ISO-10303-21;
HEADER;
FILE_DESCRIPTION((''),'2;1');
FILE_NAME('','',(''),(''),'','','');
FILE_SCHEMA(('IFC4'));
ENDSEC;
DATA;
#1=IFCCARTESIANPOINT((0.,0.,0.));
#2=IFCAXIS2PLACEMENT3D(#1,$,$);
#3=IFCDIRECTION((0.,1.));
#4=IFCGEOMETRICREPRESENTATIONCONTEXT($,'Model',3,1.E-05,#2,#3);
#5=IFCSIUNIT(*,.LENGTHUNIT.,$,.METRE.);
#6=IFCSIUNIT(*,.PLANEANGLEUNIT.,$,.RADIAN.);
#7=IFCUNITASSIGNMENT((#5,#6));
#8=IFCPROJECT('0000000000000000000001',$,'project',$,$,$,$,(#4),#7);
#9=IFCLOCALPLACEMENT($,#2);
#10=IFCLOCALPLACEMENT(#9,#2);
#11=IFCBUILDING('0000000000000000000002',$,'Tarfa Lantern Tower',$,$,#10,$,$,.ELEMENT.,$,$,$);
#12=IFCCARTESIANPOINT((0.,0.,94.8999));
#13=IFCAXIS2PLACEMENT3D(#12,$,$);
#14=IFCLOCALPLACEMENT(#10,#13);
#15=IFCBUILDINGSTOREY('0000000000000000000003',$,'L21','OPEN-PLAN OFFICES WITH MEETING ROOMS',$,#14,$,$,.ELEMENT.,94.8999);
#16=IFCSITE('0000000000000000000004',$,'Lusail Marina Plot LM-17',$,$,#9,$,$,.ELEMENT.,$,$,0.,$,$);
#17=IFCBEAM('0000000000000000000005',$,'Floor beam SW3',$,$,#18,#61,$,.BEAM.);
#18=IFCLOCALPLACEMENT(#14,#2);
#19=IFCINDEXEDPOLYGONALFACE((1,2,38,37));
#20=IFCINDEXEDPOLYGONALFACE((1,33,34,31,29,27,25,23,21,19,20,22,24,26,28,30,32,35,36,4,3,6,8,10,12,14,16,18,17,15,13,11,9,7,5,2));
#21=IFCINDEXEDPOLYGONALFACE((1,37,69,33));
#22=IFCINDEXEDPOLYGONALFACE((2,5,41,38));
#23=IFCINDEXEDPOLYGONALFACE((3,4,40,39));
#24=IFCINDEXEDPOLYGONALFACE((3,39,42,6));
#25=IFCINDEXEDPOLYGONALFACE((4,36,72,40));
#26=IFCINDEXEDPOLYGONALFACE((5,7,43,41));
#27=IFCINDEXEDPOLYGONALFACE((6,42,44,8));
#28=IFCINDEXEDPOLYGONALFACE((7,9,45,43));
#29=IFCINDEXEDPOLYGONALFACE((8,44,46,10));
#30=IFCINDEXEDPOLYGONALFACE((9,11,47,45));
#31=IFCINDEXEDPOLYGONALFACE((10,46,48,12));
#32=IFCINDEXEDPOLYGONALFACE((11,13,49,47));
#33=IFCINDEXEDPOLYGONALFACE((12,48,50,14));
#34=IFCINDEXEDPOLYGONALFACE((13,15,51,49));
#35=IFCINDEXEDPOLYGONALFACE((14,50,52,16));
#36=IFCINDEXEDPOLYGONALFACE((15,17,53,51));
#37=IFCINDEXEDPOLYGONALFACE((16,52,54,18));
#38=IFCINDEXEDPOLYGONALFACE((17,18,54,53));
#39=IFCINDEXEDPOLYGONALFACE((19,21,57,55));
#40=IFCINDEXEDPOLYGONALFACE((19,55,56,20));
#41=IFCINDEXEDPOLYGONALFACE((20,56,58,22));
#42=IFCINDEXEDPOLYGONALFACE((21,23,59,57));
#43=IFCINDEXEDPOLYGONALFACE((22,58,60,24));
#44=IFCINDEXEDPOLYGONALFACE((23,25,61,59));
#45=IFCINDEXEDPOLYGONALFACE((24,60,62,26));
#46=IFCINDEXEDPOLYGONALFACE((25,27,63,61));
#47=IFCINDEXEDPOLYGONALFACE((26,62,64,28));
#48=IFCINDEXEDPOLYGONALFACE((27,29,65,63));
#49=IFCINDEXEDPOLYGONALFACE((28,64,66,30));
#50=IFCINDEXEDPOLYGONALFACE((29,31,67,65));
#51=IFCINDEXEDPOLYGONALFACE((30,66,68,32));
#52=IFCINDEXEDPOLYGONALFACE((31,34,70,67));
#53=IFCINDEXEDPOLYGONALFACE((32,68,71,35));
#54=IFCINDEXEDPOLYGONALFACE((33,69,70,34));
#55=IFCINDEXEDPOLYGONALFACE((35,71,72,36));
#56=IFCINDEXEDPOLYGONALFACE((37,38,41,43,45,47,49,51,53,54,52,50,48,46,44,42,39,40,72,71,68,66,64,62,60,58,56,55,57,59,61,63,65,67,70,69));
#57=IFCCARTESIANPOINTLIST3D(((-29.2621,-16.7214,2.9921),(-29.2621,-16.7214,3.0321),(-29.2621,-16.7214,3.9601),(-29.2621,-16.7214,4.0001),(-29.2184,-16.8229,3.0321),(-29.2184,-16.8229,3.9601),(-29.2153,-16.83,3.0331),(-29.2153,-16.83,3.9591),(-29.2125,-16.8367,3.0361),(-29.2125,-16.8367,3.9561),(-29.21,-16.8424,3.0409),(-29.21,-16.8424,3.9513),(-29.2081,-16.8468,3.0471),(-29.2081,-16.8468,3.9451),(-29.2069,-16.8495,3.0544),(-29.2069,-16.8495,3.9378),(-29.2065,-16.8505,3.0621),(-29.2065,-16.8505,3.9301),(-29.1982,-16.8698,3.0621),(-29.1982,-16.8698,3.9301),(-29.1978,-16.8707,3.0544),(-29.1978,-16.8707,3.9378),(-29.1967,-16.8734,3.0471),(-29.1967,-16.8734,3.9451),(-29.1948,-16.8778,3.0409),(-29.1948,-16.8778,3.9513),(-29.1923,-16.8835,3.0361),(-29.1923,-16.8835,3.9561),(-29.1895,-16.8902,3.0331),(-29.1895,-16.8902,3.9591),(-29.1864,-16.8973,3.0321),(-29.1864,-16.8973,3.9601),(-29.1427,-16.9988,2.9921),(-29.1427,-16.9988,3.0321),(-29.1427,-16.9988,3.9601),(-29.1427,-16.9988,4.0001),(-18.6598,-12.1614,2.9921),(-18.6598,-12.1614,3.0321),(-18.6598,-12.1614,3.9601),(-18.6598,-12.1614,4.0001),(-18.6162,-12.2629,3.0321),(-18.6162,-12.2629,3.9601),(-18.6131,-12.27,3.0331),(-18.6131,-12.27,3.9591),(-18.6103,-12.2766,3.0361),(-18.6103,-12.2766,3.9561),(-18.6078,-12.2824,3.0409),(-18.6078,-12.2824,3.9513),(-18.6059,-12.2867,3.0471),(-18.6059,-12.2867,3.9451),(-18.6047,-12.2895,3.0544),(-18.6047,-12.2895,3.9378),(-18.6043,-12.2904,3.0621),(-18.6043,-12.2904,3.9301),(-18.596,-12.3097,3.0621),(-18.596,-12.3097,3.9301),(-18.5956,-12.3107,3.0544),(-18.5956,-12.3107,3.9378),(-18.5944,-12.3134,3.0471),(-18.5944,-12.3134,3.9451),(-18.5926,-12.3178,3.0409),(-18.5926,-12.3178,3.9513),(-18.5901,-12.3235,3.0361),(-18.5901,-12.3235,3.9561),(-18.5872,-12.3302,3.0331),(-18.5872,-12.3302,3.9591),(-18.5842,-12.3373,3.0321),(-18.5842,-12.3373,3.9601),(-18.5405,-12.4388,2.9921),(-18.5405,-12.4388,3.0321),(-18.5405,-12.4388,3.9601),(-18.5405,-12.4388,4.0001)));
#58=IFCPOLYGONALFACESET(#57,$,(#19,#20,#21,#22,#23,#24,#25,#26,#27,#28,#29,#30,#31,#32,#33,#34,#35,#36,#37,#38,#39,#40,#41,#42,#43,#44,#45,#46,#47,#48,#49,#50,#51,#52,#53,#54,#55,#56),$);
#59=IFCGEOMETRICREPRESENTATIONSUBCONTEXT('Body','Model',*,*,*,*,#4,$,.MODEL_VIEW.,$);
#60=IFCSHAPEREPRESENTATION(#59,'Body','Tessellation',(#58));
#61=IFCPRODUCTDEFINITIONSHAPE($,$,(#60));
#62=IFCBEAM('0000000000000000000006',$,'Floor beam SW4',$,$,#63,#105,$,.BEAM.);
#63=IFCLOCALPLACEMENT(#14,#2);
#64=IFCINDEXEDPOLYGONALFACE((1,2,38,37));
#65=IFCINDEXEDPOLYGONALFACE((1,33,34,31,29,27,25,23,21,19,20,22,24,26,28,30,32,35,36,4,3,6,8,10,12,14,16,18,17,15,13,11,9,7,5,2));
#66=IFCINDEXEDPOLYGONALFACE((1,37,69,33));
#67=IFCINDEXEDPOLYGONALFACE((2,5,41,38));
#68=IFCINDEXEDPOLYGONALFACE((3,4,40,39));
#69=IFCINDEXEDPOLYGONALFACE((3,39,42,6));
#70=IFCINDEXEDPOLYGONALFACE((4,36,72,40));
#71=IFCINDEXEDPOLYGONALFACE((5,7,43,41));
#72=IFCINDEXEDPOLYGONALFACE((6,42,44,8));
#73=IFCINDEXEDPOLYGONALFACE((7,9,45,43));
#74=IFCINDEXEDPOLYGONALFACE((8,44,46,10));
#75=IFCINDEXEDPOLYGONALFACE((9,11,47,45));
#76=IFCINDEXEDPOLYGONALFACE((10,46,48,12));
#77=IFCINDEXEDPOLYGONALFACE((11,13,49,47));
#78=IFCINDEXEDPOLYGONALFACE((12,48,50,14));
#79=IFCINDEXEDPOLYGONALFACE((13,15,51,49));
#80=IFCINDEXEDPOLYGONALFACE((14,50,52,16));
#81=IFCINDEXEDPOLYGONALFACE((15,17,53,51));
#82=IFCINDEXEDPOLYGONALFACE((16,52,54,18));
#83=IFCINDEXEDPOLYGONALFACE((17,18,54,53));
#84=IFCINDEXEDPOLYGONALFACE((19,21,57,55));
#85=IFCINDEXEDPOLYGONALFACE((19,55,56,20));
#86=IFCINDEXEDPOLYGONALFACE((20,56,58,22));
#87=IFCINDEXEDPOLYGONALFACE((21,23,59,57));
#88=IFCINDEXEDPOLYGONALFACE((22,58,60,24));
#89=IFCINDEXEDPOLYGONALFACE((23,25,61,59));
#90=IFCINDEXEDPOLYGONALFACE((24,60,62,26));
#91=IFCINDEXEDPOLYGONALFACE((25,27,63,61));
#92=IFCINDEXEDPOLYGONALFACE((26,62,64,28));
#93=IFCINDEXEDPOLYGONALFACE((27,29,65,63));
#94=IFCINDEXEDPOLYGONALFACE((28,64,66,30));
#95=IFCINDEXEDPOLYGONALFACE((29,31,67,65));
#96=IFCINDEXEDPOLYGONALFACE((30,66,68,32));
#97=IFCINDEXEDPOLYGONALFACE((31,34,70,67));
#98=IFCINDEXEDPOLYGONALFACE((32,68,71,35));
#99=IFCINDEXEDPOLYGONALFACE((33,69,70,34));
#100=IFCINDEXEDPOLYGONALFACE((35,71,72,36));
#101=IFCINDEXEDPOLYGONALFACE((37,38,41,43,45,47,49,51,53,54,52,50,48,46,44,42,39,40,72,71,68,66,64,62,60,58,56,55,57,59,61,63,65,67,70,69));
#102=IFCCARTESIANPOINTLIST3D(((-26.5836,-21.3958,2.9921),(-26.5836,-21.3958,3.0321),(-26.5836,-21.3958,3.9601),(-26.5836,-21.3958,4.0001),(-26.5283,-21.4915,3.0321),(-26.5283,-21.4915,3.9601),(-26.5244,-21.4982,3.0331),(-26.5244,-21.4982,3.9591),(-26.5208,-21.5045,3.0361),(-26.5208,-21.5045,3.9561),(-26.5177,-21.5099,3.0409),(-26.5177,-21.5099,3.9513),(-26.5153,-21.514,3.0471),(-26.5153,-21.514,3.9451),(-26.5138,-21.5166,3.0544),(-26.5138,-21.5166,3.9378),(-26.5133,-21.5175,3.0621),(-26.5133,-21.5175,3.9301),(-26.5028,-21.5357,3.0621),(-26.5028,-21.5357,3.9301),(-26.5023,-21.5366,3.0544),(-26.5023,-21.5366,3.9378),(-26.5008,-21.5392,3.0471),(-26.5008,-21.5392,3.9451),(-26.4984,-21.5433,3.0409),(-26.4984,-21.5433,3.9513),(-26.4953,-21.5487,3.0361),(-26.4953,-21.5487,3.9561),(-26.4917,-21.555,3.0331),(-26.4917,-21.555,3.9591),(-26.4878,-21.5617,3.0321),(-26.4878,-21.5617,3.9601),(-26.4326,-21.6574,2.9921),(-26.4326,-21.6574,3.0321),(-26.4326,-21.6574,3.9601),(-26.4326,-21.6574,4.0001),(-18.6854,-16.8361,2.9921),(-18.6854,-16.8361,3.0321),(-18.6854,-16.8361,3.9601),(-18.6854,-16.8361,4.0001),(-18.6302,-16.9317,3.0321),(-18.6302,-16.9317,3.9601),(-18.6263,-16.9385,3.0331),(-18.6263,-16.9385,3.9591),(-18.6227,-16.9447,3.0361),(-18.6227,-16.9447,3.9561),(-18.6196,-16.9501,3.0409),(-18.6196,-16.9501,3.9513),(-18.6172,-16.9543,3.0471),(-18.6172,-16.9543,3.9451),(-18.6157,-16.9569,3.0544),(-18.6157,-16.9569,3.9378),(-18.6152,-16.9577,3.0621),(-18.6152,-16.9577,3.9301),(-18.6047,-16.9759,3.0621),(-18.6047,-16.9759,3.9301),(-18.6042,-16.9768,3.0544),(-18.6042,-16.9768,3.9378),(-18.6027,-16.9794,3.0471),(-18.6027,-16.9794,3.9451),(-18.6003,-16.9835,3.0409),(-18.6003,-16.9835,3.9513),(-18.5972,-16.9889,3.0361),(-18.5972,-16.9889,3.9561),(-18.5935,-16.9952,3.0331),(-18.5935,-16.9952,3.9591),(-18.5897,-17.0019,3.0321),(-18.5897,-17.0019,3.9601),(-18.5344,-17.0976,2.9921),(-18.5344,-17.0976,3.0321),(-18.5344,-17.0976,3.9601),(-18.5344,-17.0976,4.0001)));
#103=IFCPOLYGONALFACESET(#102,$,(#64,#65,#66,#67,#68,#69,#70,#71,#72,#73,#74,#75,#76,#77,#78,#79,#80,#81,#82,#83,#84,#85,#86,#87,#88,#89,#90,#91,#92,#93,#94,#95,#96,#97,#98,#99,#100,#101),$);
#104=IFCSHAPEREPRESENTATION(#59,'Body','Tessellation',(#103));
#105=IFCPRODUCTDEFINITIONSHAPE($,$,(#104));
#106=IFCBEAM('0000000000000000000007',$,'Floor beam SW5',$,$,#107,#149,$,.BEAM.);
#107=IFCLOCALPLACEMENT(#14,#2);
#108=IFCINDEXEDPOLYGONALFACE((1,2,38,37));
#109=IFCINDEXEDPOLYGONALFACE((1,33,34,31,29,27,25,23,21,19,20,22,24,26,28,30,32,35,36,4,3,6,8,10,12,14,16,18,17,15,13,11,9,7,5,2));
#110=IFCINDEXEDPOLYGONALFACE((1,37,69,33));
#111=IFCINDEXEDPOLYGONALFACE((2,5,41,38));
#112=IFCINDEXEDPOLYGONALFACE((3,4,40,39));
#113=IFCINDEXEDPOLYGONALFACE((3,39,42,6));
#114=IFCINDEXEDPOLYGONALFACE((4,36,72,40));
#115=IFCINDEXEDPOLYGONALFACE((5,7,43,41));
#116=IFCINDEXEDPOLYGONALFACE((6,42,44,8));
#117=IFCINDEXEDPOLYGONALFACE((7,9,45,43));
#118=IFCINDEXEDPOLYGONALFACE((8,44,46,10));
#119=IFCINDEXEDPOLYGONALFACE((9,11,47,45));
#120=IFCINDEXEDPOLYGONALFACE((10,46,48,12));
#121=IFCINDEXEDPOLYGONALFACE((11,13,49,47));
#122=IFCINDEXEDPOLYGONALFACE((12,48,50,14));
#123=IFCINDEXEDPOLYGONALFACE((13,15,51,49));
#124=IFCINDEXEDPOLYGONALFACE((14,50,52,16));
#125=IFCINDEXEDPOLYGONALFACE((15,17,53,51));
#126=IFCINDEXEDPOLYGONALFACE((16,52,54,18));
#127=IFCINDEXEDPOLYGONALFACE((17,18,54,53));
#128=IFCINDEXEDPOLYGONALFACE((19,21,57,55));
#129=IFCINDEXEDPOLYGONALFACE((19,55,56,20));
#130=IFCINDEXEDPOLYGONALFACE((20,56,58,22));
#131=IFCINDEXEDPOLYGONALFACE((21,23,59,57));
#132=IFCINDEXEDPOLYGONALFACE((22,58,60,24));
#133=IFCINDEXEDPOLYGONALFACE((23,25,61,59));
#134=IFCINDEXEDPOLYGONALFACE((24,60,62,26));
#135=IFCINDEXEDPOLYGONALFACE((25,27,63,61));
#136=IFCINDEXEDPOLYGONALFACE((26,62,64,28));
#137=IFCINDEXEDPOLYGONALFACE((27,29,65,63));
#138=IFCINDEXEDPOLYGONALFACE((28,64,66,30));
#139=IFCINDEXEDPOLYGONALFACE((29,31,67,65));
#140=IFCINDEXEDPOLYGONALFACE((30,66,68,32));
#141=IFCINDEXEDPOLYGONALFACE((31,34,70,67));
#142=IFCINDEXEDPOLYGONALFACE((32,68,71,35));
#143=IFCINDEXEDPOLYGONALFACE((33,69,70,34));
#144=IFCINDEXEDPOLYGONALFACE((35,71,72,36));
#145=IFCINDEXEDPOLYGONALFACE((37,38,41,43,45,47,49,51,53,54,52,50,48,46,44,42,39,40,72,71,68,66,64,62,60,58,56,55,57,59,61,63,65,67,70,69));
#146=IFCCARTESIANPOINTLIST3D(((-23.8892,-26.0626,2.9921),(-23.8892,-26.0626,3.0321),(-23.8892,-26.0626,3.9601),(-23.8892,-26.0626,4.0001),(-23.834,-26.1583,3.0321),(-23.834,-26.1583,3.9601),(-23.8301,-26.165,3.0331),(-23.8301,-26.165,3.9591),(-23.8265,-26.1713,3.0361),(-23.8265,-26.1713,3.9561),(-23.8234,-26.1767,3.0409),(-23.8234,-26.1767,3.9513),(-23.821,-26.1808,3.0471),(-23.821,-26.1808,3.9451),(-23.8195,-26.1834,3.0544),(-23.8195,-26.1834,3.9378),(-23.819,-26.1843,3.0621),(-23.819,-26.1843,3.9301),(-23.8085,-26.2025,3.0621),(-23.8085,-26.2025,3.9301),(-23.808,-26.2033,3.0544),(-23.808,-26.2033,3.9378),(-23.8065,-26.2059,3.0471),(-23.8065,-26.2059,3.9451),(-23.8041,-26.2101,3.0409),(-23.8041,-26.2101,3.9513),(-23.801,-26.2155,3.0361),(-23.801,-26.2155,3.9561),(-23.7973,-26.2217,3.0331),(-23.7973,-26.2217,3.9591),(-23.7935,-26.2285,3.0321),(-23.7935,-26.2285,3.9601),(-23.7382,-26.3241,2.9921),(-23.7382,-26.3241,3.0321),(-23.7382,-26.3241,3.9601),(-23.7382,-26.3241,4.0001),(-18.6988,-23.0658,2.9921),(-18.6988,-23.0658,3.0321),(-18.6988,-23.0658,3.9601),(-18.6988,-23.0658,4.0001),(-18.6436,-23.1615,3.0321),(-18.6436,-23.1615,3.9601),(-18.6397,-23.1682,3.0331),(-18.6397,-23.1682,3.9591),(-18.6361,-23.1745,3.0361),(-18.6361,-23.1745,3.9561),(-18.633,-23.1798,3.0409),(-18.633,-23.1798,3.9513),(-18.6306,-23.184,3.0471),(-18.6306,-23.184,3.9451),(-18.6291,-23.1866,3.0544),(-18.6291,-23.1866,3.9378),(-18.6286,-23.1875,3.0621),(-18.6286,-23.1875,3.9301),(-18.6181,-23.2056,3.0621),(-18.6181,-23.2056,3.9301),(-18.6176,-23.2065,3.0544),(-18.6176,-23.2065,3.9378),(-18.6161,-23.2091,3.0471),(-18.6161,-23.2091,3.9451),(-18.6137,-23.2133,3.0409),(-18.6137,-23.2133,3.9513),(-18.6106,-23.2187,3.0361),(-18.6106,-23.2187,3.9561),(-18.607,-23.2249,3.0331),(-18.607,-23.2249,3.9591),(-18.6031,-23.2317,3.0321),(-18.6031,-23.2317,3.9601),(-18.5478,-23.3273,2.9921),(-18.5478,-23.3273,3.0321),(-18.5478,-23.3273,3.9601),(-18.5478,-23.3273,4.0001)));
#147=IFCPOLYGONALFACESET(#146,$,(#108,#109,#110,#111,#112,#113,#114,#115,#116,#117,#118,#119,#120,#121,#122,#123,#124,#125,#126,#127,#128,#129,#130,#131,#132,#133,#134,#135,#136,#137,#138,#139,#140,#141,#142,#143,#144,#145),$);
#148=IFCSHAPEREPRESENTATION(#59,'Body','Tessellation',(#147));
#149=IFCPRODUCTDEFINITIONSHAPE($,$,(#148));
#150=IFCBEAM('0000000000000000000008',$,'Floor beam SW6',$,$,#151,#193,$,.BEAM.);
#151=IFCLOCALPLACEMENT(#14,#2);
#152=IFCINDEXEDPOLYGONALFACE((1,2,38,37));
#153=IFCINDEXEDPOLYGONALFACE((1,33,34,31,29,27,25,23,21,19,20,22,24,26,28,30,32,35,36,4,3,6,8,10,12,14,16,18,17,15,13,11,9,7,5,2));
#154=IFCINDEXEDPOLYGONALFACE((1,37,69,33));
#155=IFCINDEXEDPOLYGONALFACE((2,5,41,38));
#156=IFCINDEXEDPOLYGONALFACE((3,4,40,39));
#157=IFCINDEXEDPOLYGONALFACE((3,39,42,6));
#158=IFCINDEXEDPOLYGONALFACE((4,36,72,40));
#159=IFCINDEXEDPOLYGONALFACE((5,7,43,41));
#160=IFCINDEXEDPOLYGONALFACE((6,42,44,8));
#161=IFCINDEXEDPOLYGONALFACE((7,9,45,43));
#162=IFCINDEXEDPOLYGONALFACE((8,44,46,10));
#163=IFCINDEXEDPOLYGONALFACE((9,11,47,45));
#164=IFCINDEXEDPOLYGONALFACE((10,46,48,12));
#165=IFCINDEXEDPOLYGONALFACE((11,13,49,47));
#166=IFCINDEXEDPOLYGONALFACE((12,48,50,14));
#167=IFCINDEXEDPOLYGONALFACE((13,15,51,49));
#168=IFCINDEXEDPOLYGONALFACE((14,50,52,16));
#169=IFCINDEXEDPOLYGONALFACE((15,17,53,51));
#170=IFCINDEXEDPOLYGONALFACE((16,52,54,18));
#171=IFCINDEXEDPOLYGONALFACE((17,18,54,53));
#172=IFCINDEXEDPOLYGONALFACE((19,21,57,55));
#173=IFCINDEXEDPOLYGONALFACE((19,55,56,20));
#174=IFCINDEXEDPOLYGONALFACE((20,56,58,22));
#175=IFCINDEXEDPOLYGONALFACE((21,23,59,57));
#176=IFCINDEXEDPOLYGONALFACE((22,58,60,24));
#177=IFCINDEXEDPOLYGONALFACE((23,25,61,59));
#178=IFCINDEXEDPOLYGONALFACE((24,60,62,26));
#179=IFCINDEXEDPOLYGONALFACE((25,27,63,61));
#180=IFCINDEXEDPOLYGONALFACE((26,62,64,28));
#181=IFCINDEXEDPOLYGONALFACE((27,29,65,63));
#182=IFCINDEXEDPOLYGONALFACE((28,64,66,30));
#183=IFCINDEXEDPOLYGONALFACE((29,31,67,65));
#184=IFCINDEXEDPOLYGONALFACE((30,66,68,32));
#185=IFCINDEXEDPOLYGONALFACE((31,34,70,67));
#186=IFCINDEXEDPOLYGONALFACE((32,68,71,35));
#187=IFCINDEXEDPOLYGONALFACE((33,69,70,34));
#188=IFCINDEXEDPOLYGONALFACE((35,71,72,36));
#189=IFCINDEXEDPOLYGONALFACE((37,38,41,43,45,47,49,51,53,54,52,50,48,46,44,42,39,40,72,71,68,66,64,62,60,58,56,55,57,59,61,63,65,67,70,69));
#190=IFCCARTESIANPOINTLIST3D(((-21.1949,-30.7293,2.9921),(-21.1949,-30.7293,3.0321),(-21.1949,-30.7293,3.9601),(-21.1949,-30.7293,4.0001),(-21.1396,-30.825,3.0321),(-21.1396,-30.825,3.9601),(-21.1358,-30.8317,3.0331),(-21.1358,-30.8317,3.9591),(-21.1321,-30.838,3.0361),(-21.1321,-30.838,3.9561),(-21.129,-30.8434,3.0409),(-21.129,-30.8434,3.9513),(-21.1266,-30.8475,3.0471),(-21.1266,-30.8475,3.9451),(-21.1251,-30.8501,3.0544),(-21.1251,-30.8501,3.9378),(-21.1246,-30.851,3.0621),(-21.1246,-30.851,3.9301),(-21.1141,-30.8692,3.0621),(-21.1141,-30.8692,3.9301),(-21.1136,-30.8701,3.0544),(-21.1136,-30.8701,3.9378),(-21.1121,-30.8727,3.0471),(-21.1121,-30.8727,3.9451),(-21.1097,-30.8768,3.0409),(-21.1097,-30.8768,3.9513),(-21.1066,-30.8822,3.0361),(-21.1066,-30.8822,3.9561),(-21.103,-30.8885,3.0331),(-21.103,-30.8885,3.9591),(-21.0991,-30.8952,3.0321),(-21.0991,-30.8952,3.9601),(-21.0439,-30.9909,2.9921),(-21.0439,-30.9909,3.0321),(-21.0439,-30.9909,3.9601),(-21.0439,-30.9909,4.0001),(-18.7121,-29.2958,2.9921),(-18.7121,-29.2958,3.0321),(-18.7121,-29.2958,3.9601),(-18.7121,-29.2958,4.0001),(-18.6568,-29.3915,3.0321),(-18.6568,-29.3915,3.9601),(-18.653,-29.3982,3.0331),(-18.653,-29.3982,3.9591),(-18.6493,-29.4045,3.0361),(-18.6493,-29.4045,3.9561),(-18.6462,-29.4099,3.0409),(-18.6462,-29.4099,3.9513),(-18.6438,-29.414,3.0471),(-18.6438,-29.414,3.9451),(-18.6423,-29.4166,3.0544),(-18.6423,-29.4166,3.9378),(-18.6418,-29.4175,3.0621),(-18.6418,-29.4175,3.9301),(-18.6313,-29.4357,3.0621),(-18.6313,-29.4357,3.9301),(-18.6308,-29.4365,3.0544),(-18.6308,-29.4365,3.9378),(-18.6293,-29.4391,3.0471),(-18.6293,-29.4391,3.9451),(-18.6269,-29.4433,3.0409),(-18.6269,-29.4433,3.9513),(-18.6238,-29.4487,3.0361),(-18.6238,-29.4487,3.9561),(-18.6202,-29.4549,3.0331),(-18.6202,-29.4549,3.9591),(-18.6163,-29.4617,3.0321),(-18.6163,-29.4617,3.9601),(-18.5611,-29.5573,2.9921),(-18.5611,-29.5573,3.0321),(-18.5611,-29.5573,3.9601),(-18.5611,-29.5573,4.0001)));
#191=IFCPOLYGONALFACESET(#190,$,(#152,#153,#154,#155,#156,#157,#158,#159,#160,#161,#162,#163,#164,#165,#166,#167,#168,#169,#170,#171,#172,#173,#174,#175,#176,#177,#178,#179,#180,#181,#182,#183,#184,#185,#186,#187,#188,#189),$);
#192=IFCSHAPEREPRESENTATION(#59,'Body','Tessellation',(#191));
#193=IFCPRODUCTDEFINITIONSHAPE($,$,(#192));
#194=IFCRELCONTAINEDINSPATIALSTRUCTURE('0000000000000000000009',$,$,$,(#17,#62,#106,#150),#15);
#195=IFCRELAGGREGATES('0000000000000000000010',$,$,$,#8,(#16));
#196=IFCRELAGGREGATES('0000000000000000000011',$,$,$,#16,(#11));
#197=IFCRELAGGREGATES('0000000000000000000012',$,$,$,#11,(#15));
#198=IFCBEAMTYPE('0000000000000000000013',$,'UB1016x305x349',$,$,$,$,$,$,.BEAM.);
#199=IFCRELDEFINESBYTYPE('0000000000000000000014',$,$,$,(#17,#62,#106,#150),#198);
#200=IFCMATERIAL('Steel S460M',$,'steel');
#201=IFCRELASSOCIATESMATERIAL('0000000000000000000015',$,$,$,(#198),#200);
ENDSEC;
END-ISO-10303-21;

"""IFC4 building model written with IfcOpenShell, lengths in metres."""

from ifc_helpers import new_model, si_unit, direction, frame, origin, origin_2d, place, context, subcontext, project, spatial, i_section, extrude, material, material_profile, profile_set, type_object, element, save


model = new_model("IFC4")

# Units and contexts
model_context = context("Model", 3, precision=1e-05, world=origin(), true_north=direction((0.0, 1.0)))
body_context = subcontext(model_context, "Body", "Model", "MODEL_VIEW")
ifc_project = project(units=[si_unit("LENGTHUNIT", "METRE"), si_unit("PLANEANGLEUNIT", "RADIAN")], contexts=[model_context])

# Site, building, storey
site_placement = place(None, origin())
site = spatial("IfcSite", under=ifc_project, at=site_placement, Name="Lusail Marina Plot LM-17", CompositionType="ELEMENT", RefElevation=0.0)
building_placement = place(site_placement, origin())
building = spatial("IfcBuilding", under=site, at=building_placement, Name="Tarfa Lantern Tower", CompositionType="ELEMENT")
storey_placement = place(building_placement, frame((0.0, 0.0, 94.8999)))
storey = spatial("IfcBuildingStorey", under=building, at=storey_placement, Name="L21", Description="OPEN-PLAN OFFICES WITH MEETING ROOMS", CompositionType="ELEMENT", Elevation=94.8999)

# Beams
ifc_material_1 = material(Name="Steel S460M", Category="steel")
ifc_material_profile_1 = material_profile(ifc_material_1, i_section(OverallWidth=0.302, OverallDepth=1.0081, WebThickness=0.021, FlangeThickness=0.04, FilletRadius=0.03, at=origin_2d()), Name="UB1016x305x349")
ifc_profile_set_1 = profile_set([ifc_material_profile_1], Name="Steel S460M")
beam_type_1 = type_object("IfcBeamType", Name="UB1016x305x349", PredefinedType="BEAM", material=ifc_profile_set_1)
beam_1_placement = place(storey_placement, frame((-29.2024, -16.8601, 3.4961), z_axis=(0.918635, 0.395106, 0.0), x_axis=(-0.395106, 0.918635, 0.0)))
element("IfcBeam", 1, at=beam_1_placement, inside=storey, type_object=beam_type_1, Name="Floor beam SW3", PredefinedType="BEAM", context=body_context, shape_type="SweptSolid", body=[
    extrude(i_section(OverallWidth=0.302, OverallDepth=1.0081, WebThickness=0.021, FlangeThickness=0.04, FilletRadius=0.03, at=origin_2d()), origin(), (0.0, 0.0, 1.0), 11.5413),
])
beam_2_placement = place(storey_placement, frame((-26.5081, -21.5266, 3.4961), z_axis=(0.866035, 0.499983, 0.0), x_axis=(-0.499983, 0.866035, 0.0)))
element("IfcBeam", 2, at=beam_2_placement, inside=storey, type_object=beam_type_1, Name="Floor beam SW4", PredefinedType="BEAM", context=body_context, shape_type="SweptSolid", body=[
    extrude(i_section(OverallWidth=0.302, OverallDepth=1.0081, WebThickness=0.021, FlangeThickness=0.04, FilletRadius=0.03, at=origin_2d()), origin(), (0.0, 0.0, 1.0), 9.1199),
])
beam_3_placement = place(storey_placement, frame((-23.8137, -26.1934, 3.4961), z_axis=(0.866016, 0.500016, 0.0), x_axis=(-0.500016, 0.866016, 0.0)))
element("IfcBeam", 3, at=beam_3_placement, inside=storey, type_object=beam_type_1, Name="Floor beam SW5", PredefinedType="BEAM", context=body_context, shape_type="SweptSolid", body=[
    extrude(i_section(OverallWidth=0.302, OverallDepth=1.0081, WebThickness=0.021, FlangeThickness=0.04, FilletRadius=0.03, at=origin_2d()), origin(), (0.0, 0.0, 1.0), 5.9934),
])
beam_4_placement = place(storey_placement, frame((-21.1194, -30.8601, 3.4961), z_axis=(0.866013, 0.500022, 0.0), x_axis=(-0.500022, 0.866013, 0.0)))
element("IfcBeam", 4, at=beam_4_placement, inside=storey, type_object=beam_type_1, Name="Floor beam SW6", PredefinedType="BEAM", context=body_context, shape_type="SweptSolid", body=[
    extrude(i_section(OverallWidth=0.302, OverallDepth=1.0081, WebThickness=0.021, FlangeThickness=0.04, FilletRadius=0.03, at=origin_2d()), origin(), (0.0, 0.0, 1.0), 2.8669),
])

save(model, "model.ifc")
